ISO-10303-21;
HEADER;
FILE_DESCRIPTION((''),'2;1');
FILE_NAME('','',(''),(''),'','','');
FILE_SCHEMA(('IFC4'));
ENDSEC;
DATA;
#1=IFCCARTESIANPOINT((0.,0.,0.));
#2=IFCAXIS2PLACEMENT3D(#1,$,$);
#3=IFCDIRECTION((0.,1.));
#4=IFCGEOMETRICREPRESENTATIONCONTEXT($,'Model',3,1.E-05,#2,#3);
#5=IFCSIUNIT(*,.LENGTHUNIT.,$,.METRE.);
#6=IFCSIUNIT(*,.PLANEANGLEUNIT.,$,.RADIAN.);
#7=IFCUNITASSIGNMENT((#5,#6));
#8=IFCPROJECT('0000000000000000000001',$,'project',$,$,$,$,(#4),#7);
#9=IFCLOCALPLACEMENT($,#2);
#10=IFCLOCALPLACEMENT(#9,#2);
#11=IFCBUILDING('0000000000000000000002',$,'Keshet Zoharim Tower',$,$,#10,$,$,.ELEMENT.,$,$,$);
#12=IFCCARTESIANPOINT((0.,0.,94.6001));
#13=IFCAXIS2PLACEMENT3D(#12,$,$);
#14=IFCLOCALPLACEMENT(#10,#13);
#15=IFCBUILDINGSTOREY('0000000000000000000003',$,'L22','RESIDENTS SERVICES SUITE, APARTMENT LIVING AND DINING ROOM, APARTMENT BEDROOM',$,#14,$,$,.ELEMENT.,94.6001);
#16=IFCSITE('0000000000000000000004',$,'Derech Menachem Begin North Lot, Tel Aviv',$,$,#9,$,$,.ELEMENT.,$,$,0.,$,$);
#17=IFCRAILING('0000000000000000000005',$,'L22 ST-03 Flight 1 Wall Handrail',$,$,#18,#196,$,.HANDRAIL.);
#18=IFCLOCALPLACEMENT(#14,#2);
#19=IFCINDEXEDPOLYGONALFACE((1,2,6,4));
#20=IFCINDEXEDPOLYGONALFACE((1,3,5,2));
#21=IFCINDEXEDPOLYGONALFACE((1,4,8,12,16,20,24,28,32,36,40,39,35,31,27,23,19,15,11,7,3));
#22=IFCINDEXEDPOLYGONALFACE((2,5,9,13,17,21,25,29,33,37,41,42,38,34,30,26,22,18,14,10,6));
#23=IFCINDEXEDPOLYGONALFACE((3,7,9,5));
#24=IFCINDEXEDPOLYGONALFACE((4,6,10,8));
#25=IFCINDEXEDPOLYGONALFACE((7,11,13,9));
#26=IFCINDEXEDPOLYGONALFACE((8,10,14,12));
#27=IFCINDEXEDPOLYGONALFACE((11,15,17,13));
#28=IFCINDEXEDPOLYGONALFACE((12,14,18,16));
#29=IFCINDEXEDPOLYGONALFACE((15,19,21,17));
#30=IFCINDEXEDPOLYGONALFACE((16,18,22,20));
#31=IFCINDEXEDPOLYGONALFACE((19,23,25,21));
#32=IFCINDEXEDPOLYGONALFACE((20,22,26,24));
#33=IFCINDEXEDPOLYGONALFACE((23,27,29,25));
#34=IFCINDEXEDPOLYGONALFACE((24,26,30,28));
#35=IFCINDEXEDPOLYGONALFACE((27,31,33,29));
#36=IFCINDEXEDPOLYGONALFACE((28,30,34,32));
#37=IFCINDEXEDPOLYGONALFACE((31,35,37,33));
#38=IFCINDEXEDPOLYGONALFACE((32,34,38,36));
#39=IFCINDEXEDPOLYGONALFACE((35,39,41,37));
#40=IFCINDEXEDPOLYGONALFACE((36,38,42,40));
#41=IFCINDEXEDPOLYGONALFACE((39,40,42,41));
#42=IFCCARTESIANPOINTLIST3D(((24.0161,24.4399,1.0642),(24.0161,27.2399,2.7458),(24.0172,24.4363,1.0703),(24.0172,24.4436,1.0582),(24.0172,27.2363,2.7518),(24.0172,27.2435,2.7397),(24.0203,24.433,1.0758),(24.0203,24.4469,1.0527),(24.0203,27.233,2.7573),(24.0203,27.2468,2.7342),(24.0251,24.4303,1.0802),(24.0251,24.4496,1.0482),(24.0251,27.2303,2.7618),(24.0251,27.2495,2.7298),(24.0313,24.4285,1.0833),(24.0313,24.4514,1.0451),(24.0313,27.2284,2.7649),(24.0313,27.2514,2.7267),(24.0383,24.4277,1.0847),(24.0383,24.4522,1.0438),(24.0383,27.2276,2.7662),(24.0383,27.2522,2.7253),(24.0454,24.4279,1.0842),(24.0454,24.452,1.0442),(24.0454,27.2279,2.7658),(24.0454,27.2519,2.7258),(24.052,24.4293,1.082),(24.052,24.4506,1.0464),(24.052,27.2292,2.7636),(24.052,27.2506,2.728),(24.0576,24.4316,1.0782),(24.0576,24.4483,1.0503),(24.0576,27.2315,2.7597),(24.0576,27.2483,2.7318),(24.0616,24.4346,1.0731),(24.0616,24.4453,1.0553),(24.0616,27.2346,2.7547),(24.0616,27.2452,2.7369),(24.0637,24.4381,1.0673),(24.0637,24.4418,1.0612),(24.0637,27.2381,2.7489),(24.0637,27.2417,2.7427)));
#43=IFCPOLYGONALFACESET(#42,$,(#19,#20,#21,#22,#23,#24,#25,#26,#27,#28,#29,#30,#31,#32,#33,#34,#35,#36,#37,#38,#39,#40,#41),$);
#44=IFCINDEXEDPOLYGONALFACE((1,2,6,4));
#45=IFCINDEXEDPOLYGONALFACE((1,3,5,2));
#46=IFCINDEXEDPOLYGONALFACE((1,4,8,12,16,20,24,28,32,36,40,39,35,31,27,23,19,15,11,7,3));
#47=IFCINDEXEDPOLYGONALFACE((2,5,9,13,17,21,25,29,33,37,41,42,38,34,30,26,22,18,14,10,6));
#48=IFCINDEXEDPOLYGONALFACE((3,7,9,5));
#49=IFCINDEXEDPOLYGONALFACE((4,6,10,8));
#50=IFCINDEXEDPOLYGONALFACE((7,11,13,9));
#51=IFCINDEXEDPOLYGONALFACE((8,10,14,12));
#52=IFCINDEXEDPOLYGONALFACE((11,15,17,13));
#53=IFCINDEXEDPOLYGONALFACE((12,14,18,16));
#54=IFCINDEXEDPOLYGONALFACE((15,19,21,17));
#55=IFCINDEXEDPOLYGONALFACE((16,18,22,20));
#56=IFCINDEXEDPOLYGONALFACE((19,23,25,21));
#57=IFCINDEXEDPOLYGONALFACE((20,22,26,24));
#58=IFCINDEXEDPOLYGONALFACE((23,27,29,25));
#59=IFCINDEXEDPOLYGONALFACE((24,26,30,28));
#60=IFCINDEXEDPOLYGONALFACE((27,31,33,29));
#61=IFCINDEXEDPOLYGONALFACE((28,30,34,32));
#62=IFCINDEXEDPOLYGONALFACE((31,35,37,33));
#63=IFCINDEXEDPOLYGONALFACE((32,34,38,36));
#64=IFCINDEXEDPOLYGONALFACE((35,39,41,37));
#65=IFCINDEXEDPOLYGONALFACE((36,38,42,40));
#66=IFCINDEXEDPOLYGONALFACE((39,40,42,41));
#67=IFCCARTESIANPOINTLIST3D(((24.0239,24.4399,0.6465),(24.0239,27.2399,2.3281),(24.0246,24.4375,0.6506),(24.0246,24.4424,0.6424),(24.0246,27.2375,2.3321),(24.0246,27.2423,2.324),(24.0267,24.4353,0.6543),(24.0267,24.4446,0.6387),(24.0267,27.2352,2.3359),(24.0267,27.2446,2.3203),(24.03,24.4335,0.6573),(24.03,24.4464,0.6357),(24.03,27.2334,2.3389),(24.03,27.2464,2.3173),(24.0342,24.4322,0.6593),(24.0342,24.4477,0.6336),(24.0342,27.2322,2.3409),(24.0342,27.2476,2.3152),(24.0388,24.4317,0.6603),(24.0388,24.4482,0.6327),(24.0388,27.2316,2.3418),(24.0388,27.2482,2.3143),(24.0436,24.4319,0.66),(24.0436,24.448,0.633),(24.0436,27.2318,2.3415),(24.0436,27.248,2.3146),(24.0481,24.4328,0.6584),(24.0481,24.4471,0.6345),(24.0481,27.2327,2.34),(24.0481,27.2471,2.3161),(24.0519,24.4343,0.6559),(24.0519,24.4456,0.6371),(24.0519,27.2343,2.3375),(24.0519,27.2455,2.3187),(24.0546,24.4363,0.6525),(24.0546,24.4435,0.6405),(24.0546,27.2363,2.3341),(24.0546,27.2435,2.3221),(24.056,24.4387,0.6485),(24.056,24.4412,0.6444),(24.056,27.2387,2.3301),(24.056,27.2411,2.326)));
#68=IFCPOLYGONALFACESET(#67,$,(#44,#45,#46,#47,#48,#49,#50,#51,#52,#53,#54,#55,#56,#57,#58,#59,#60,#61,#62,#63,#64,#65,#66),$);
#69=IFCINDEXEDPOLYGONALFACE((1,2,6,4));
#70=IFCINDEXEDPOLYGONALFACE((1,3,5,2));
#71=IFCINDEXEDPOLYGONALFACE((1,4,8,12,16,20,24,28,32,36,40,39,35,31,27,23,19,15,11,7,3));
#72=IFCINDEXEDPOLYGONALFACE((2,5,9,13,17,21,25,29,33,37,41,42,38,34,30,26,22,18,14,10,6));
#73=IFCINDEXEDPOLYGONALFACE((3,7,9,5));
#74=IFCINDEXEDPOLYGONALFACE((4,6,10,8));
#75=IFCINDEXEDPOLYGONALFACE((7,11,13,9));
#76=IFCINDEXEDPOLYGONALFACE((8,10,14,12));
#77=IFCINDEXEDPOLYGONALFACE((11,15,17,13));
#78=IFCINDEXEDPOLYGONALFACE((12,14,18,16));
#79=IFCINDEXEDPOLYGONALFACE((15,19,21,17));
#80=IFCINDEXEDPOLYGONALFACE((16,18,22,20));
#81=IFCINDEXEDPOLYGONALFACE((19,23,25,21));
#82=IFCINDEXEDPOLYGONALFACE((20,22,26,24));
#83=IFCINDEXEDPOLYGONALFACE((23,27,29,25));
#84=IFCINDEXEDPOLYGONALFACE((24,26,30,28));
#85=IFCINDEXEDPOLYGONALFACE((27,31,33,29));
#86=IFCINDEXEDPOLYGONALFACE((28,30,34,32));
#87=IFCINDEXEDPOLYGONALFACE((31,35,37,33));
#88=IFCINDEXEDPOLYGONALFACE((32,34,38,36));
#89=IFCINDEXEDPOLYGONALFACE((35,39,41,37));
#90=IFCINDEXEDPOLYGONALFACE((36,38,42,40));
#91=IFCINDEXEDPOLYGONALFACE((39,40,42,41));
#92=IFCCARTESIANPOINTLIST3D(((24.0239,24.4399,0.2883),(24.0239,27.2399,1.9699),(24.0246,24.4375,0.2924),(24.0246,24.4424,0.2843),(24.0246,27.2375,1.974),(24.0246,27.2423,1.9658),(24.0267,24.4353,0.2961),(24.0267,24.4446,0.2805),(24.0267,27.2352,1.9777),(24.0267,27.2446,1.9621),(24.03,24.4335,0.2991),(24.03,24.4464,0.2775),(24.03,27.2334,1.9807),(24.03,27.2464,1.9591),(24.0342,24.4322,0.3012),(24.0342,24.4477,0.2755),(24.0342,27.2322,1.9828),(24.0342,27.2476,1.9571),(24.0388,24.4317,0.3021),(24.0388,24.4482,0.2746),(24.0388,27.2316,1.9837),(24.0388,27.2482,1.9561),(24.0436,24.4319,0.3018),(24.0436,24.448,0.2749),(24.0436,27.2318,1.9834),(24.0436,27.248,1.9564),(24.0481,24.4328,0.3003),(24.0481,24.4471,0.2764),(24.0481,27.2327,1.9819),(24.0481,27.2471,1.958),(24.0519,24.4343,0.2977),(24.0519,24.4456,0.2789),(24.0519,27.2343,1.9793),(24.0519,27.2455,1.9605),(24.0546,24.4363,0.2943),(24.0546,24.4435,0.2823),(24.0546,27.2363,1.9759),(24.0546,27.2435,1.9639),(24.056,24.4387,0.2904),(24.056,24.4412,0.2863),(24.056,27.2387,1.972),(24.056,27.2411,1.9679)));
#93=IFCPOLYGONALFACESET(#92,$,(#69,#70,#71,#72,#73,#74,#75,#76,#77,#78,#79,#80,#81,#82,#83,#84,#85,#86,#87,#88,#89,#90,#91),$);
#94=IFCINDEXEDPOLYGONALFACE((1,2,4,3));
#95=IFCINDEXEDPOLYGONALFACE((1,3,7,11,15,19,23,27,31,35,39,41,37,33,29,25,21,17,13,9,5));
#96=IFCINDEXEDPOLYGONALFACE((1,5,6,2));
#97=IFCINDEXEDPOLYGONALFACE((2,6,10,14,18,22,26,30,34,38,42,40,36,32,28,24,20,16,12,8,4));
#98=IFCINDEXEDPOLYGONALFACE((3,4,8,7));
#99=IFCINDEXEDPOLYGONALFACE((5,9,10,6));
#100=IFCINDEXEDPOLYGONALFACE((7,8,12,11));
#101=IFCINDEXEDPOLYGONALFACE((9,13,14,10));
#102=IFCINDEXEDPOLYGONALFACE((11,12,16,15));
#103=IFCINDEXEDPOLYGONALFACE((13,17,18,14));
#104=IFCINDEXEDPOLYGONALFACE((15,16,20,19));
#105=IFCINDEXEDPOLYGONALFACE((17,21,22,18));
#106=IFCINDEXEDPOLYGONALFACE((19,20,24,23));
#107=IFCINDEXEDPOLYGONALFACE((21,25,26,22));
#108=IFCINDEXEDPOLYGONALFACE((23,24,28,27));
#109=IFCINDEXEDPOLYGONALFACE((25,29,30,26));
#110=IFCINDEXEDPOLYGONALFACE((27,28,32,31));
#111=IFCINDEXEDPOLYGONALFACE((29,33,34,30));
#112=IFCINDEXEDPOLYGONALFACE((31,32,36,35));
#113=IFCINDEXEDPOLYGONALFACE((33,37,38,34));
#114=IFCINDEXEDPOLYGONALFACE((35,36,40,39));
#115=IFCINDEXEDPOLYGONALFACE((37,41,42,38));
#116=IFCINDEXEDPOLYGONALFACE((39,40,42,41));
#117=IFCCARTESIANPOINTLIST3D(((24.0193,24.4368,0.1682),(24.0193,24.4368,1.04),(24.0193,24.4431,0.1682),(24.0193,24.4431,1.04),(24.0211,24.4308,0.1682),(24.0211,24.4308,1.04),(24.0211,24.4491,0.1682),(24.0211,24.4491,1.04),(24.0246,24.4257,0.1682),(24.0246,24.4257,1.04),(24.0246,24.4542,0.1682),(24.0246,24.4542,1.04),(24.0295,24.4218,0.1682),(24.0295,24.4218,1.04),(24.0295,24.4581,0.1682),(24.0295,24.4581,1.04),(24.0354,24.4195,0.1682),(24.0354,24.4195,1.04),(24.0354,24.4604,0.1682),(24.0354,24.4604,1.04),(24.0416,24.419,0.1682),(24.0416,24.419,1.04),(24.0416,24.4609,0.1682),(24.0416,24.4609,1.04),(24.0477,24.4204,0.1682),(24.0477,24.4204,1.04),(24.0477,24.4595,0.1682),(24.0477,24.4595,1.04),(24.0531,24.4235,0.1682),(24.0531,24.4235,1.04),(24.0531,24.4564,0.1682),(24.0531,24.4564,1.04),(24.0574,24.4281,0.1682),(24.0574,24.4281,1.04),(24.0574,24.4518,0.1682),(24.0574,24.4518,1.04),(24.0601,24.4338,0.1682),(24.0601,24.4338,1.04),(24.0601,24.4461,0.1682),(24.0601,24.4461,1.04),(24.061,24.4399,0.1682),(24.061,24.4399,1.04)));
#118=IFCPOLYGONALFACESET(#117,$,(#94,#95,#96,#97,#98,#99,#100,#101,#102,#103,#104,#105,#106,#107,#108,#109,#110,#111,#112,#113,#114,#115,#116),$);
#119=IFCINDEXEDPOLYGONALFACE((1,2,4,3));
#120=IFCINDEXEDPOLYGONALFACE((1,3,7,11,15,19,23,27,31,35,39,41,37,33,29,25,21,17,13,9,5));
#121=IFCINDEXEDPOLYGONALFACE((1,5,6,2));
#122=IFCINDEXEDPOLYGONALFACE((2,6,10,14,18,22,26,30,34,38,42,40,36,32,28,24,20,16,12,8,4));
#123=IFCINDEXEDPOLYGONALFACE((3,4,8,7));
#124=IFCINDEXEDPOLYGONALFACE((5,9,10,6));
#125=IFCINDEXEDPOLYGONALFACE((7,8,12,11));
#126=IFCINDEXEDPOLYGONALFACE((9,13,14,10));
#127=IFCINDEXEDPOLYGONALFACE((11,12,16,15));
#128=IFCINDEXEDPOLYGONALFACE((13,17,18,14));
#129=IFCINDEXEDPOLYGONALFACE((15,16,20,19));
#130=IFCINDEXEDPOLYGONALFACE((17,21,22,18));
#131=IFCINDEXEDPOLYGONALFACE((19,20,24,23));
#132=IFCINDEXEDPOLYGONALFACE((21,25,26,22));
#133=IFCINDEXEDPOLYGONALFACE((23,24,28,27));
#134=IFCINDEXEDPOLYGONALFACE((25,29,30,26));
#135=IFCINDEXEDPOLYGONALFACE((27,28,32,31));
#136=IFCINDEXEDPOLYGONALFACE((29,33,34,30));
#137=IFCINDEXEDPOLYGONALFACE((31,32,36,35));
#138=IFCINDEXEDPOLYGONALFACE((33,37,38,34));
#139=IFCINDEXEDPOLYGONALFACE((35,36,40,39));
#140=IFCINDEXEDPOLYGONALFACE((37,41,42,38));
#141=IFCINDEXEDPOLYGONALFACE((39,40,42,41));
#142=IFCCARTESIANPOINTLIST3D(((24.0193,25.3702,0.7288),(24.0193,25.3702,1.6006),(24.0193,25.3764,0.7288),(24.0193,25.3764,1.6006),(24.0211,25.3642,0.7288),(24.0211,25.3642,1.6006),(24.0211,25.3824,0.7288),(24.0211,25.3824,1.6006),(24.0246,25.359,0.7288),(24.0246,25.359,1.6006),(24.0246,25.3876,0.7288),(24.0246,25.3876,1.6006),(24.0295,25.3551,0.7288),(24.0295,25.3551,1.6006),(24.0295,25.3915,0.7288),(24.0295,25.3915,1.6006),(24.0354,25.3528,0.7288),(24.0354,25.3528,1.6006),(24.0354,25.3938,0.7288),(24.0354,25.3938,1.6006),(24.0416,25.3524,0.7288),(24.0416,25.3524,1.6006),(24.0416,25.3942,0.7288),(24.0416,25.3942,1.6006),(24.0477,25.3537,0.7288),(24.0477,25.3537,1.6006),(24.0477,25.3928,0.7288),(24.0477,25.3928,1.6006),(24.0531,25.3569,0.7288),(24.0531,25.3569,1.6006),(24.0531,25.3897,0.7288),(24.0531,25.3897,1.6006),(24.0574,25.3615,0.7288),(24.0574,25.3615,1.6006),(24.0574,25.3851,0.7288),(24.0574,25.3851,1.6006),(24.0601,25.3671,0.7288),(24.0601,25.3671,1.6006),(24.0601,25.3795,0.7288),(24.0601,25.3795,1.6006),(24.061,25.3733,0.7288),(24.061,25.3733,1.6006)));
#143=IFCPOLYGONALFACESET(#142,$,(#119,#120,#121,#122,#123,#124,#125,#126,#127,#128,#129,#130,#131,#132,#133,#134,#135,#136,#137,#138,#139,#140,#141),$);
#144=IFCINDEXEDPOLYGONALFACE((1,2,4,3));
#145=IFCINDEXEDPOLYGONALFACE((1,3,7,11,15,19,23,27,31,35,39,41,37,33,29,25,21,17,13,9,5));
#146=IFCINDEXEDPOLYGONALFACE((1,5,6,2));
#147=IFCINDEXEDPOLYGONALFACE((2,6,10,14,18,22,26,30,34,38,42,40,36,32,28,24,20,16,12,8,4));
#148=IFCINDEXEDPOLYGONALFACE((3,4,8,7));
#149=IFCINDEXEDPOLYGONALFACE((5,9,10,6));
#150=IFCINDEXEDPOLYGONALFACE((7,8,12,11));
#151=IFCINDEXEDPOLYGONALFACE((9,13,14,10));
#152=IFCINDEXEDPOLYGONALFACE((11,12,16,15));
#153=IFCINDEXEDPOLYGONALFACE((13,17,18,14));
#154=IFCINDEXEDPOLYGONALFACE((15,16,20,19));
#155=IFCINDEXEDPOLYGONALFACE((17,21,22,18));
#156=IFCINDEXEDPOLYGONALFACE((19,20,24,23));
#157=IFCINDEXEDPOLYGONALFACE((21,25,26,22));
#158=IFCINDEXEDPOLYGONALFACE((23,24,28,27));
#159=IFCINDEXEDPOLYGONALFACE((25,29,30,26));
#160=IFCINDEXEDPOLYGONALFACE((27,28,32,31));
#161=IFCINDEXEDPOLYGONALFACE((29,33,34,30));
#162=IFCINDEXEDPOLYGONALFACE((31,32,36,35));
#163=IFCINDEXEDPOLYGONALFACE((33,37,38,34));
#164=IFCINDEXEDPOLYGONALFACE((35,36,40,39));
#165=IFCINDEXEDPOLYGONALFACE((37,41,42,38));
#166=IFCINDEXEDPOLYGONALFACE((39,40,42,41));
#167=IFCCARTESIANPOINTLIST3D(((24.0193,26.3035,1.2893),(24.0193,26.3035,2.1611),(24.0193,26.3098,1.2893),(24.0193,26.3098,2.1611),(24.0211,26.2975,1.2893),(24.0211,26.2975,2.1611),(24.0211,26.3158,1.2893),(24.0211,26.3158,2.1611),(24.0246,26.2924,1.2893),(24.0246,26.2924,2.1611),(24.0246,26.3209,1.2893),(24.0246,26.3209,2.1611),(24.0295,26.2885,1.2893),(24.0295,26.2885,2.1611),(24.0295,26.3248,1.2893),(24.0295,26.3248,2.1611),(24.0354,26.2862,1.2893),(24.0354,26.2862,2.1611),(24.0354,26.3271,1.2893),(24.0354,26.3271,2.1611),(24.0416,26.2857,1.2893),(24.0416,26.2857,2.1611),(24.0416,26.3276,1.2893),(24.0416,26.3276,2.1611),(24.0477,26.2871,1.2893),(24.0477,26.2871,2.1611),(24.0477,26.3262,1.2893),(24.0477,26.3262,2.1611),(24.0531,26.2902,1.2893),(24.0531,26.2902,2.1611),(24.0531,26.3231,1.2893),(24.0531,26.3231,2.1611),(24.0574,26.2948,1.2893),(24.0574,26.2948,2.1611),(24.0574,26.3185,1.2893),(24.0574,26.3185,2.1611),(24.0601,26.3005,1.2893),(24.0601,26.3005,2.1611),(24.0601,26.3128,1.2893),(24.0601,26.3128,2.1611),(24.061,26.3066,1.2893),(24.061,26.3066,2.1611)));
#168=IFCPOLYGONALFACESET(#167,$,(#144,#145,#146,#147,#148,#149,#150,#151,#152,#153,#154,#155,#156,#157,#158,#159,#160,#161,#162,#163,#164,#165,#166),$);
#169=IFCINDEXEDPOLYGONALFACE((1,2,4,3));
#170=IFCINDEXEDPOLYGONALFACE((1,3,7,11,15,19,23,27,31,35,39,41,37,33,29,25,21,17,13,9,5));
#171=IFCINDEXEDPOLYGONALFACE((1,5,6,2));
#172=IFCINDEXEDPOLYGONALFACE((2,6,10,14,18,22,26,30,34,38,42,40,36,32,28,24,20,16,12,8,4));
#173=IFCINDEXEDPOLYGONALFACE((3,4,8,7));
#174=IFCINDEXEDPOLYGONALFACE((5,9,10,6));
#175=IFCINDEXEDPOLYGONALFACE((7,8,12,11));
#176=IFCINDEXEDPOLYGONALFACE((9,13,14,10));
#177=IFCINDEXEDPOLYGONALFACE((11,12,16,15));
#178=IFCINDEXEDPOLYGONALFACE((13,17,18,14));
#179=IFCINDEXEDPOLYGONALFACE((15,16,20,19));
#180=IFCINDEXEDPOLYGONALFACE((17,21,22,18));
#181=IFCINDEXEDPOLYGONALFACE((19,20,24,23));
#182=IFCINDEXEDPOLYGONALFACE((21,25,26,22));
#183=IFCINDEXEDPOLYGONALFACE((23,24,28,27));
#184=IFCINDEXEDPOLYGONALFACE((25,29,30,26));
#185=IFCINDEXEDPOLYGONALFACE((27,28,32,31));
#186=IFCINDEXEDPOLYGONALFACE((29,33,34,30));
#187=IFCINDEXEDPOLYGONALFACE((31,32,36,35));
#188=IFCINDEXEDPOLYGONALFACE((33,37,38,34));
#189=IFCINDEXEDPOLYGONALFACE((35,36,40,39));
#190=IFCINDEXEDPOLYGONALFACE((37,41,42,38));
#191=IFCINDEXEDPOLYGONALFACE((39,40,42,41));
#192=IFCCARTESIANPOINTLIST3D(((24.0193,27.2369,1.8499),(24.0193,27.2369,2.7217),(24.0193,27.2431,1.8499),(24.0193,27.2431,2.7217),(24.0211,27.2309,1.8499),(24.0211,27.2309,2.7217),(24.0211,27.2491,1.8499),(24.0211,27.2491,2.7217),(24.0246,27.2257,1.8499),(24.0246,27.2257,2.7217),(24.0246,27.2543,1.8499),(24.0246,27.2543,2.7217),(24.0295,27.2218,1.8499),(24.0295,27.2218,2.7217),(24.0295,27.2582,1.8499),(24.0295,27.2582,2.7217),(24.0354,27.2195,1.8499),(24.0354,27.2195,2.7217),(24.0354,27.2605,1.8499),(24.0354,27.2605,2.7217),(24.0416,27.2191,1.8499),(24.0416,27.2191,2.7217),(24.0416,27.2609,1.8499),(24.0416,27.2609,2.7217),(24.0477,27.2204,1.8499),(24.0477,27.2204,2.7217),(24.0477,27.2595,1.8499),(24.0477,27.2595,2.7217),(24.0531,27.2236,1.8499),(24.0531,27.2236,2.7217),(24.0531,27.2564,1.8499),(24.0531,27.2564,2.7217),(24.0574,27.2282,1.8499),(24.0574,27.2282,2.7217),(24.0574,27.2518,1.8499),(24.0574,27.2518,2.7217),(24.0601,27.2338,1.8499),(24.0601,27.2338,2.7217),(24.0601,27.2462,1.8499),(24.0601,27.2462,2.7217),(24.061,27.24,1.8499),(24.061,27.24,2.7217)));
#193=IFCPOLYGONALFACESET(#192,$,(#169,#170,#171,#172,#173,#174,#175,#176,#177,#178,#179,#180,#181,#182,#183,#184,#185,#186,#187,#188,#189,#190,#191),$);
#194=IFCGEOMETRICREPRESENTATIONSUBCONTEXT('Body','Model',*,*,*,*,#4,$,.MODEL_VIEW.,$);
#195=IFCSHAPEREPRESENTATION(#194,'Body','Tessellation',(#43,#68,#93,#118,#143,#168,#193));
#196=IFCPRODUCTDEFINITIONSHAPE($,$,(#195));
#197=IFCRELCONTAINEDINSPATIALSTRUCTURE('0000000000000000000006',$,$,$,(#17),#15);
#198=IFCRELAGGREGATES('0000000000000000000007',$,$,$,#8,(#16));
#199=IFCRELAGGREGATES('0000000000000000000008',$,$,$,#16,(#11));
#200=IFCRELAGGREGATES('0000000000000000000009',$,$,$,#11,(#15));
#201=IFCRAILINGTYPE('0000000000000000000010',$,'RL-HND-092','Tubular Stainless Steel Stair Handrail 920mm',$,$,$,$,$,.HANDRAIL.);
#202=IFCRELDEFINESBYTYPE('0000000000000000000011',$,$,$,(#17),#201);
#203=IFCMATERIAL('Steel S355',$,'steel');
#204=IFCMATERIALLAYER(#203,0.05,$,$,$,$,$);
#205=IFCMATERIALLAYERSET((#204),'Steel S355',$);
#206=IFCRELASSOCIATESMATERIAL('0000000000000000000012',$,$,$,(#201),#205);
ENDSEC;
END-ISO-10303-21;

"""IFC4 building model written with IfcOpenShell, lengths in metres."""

from ifc_helpers import new_model, si_unit, direction, frame, origin, origin_2d, place, context, subcontext, project, spatial, circle, extrude, material, layer, layer_set, type_object, element, save


model = new_model("IFC4")

# Units and contexts
model_context = context("Model", 3, precision=1e-05, world=origin(), true_north=direction((0.0, 1.0)))
body_context = subcontext(model_context, "Body", "Model", "MODEL_VIEW")
ifc_project = project(units=[si_unit("LENGTHUNIT", "METRE"), si_unit("PLANEANGLEUNIT", "RADIAN")], contexts=[model_context])

# Site, building, storey
site_placement = place(None, origin())
site = spatial("IfcSite", under=ifc_project, at=site_placement, Name="Derech Menachem Begin North Lot, Tel Aviv", CompositionType="ELEMENT", RefElevation=0.0)
building_placement = place(site_placement, origin())
building = spatial("IfcBuilding", under=site, at=building_placement, Name="Keshet Zoharim Tower", CompositionType="ELEMENT")
storey_placement = place(building_placement, frame((0.0, 0.0, 94.6001)))
storey = spatial("IfcBuildingStorey", under=building, at=storey_placement, Name="L22", Description="RESIDENTS SERVICES SUITE, APARTMENT LIVING AND DINING ROOM, APARTMENT BEDROOM", CompositionType="ELEMENT", Elevation=94.6001)

# Shared definitions
ifc_material_1 = material(Name="Steel S355", Category="steel")

# Railing
ifc_layer_1 = layer(ifc_material_1, 0.05)
ifc_layer_set_1 = layer_set([ifc_layer_1], Name="Steel S355")
railing_type_1 = type_object("IfcRailingType", Name="RL-HND-092", Description="Tubular Stainless Steel Stair Handrail 920mm", PredefinedType="HANDRAIL", material=ifc_layer_set_1)
railing_1_placement = place(storey_placement, frame((24.04, 24.4399, 0.1682)))
element("IfcRailing", 1, at=railing_1_placement, inside=storey, type_object=railing_type_1, Name="L22 ST-03 Flight 1 Wall Handrail", PredefinedType="HANDRAIL", context=body_context, shape_type="SweptSolid", body=[
    extrude(circle(Radius=0.0239, at=origin_2d()), frame((0.0, 0.0, 0.896), z_axis=(0.0, 0.857275, 0.514858), x_axis=(-1.0, 0.0, 0.0)), (0.0, 0.0, 1.0), 3.2661),
    extrude(circle(Radius=0.0161, at=origin_2d()), frame((0.0, 0.0, 0.4783), z_axis=(0.0, 0.857275, 0.514858), x_axis=(-1.0, 0.0, 0.0)), (0.0, 0.0, 1.0), 3.2661),
    extrude(circle(Radius=0.0161, at=origin_2d()), frame((0.0, 0.0, 0.1201), z_axis=(0.0, 0.857275, 0.514858), x_axis=(-1.0, 0.0, 0.0)), (0.0, 0.0, 1.0), 3.2661),
    extrude(circle(Radius=0.021, at=origin_2d()), origin(), (0.0, 0.0, 1.0), 0.8718),
    extrude(circle(Radius=0.021, at=origin_2d()), frame((0.0, 0.9333, 0.5605)), (0.0, 0.0, 1.0), 0.8718),
    extrude(circle(Radius=0.021, at=origin_2d()), frame((0.0, 1.8667, 1.1211)), (0.0, 0.0, 1.0), 0.8718),
    extrude(circle(Radius=0.021, at=origin_2d()), frame((0.0, 2.8, 1.6816)), (0.0, 0.0, 1.0), 0.8718),
])

save(model, "model.ifc")
